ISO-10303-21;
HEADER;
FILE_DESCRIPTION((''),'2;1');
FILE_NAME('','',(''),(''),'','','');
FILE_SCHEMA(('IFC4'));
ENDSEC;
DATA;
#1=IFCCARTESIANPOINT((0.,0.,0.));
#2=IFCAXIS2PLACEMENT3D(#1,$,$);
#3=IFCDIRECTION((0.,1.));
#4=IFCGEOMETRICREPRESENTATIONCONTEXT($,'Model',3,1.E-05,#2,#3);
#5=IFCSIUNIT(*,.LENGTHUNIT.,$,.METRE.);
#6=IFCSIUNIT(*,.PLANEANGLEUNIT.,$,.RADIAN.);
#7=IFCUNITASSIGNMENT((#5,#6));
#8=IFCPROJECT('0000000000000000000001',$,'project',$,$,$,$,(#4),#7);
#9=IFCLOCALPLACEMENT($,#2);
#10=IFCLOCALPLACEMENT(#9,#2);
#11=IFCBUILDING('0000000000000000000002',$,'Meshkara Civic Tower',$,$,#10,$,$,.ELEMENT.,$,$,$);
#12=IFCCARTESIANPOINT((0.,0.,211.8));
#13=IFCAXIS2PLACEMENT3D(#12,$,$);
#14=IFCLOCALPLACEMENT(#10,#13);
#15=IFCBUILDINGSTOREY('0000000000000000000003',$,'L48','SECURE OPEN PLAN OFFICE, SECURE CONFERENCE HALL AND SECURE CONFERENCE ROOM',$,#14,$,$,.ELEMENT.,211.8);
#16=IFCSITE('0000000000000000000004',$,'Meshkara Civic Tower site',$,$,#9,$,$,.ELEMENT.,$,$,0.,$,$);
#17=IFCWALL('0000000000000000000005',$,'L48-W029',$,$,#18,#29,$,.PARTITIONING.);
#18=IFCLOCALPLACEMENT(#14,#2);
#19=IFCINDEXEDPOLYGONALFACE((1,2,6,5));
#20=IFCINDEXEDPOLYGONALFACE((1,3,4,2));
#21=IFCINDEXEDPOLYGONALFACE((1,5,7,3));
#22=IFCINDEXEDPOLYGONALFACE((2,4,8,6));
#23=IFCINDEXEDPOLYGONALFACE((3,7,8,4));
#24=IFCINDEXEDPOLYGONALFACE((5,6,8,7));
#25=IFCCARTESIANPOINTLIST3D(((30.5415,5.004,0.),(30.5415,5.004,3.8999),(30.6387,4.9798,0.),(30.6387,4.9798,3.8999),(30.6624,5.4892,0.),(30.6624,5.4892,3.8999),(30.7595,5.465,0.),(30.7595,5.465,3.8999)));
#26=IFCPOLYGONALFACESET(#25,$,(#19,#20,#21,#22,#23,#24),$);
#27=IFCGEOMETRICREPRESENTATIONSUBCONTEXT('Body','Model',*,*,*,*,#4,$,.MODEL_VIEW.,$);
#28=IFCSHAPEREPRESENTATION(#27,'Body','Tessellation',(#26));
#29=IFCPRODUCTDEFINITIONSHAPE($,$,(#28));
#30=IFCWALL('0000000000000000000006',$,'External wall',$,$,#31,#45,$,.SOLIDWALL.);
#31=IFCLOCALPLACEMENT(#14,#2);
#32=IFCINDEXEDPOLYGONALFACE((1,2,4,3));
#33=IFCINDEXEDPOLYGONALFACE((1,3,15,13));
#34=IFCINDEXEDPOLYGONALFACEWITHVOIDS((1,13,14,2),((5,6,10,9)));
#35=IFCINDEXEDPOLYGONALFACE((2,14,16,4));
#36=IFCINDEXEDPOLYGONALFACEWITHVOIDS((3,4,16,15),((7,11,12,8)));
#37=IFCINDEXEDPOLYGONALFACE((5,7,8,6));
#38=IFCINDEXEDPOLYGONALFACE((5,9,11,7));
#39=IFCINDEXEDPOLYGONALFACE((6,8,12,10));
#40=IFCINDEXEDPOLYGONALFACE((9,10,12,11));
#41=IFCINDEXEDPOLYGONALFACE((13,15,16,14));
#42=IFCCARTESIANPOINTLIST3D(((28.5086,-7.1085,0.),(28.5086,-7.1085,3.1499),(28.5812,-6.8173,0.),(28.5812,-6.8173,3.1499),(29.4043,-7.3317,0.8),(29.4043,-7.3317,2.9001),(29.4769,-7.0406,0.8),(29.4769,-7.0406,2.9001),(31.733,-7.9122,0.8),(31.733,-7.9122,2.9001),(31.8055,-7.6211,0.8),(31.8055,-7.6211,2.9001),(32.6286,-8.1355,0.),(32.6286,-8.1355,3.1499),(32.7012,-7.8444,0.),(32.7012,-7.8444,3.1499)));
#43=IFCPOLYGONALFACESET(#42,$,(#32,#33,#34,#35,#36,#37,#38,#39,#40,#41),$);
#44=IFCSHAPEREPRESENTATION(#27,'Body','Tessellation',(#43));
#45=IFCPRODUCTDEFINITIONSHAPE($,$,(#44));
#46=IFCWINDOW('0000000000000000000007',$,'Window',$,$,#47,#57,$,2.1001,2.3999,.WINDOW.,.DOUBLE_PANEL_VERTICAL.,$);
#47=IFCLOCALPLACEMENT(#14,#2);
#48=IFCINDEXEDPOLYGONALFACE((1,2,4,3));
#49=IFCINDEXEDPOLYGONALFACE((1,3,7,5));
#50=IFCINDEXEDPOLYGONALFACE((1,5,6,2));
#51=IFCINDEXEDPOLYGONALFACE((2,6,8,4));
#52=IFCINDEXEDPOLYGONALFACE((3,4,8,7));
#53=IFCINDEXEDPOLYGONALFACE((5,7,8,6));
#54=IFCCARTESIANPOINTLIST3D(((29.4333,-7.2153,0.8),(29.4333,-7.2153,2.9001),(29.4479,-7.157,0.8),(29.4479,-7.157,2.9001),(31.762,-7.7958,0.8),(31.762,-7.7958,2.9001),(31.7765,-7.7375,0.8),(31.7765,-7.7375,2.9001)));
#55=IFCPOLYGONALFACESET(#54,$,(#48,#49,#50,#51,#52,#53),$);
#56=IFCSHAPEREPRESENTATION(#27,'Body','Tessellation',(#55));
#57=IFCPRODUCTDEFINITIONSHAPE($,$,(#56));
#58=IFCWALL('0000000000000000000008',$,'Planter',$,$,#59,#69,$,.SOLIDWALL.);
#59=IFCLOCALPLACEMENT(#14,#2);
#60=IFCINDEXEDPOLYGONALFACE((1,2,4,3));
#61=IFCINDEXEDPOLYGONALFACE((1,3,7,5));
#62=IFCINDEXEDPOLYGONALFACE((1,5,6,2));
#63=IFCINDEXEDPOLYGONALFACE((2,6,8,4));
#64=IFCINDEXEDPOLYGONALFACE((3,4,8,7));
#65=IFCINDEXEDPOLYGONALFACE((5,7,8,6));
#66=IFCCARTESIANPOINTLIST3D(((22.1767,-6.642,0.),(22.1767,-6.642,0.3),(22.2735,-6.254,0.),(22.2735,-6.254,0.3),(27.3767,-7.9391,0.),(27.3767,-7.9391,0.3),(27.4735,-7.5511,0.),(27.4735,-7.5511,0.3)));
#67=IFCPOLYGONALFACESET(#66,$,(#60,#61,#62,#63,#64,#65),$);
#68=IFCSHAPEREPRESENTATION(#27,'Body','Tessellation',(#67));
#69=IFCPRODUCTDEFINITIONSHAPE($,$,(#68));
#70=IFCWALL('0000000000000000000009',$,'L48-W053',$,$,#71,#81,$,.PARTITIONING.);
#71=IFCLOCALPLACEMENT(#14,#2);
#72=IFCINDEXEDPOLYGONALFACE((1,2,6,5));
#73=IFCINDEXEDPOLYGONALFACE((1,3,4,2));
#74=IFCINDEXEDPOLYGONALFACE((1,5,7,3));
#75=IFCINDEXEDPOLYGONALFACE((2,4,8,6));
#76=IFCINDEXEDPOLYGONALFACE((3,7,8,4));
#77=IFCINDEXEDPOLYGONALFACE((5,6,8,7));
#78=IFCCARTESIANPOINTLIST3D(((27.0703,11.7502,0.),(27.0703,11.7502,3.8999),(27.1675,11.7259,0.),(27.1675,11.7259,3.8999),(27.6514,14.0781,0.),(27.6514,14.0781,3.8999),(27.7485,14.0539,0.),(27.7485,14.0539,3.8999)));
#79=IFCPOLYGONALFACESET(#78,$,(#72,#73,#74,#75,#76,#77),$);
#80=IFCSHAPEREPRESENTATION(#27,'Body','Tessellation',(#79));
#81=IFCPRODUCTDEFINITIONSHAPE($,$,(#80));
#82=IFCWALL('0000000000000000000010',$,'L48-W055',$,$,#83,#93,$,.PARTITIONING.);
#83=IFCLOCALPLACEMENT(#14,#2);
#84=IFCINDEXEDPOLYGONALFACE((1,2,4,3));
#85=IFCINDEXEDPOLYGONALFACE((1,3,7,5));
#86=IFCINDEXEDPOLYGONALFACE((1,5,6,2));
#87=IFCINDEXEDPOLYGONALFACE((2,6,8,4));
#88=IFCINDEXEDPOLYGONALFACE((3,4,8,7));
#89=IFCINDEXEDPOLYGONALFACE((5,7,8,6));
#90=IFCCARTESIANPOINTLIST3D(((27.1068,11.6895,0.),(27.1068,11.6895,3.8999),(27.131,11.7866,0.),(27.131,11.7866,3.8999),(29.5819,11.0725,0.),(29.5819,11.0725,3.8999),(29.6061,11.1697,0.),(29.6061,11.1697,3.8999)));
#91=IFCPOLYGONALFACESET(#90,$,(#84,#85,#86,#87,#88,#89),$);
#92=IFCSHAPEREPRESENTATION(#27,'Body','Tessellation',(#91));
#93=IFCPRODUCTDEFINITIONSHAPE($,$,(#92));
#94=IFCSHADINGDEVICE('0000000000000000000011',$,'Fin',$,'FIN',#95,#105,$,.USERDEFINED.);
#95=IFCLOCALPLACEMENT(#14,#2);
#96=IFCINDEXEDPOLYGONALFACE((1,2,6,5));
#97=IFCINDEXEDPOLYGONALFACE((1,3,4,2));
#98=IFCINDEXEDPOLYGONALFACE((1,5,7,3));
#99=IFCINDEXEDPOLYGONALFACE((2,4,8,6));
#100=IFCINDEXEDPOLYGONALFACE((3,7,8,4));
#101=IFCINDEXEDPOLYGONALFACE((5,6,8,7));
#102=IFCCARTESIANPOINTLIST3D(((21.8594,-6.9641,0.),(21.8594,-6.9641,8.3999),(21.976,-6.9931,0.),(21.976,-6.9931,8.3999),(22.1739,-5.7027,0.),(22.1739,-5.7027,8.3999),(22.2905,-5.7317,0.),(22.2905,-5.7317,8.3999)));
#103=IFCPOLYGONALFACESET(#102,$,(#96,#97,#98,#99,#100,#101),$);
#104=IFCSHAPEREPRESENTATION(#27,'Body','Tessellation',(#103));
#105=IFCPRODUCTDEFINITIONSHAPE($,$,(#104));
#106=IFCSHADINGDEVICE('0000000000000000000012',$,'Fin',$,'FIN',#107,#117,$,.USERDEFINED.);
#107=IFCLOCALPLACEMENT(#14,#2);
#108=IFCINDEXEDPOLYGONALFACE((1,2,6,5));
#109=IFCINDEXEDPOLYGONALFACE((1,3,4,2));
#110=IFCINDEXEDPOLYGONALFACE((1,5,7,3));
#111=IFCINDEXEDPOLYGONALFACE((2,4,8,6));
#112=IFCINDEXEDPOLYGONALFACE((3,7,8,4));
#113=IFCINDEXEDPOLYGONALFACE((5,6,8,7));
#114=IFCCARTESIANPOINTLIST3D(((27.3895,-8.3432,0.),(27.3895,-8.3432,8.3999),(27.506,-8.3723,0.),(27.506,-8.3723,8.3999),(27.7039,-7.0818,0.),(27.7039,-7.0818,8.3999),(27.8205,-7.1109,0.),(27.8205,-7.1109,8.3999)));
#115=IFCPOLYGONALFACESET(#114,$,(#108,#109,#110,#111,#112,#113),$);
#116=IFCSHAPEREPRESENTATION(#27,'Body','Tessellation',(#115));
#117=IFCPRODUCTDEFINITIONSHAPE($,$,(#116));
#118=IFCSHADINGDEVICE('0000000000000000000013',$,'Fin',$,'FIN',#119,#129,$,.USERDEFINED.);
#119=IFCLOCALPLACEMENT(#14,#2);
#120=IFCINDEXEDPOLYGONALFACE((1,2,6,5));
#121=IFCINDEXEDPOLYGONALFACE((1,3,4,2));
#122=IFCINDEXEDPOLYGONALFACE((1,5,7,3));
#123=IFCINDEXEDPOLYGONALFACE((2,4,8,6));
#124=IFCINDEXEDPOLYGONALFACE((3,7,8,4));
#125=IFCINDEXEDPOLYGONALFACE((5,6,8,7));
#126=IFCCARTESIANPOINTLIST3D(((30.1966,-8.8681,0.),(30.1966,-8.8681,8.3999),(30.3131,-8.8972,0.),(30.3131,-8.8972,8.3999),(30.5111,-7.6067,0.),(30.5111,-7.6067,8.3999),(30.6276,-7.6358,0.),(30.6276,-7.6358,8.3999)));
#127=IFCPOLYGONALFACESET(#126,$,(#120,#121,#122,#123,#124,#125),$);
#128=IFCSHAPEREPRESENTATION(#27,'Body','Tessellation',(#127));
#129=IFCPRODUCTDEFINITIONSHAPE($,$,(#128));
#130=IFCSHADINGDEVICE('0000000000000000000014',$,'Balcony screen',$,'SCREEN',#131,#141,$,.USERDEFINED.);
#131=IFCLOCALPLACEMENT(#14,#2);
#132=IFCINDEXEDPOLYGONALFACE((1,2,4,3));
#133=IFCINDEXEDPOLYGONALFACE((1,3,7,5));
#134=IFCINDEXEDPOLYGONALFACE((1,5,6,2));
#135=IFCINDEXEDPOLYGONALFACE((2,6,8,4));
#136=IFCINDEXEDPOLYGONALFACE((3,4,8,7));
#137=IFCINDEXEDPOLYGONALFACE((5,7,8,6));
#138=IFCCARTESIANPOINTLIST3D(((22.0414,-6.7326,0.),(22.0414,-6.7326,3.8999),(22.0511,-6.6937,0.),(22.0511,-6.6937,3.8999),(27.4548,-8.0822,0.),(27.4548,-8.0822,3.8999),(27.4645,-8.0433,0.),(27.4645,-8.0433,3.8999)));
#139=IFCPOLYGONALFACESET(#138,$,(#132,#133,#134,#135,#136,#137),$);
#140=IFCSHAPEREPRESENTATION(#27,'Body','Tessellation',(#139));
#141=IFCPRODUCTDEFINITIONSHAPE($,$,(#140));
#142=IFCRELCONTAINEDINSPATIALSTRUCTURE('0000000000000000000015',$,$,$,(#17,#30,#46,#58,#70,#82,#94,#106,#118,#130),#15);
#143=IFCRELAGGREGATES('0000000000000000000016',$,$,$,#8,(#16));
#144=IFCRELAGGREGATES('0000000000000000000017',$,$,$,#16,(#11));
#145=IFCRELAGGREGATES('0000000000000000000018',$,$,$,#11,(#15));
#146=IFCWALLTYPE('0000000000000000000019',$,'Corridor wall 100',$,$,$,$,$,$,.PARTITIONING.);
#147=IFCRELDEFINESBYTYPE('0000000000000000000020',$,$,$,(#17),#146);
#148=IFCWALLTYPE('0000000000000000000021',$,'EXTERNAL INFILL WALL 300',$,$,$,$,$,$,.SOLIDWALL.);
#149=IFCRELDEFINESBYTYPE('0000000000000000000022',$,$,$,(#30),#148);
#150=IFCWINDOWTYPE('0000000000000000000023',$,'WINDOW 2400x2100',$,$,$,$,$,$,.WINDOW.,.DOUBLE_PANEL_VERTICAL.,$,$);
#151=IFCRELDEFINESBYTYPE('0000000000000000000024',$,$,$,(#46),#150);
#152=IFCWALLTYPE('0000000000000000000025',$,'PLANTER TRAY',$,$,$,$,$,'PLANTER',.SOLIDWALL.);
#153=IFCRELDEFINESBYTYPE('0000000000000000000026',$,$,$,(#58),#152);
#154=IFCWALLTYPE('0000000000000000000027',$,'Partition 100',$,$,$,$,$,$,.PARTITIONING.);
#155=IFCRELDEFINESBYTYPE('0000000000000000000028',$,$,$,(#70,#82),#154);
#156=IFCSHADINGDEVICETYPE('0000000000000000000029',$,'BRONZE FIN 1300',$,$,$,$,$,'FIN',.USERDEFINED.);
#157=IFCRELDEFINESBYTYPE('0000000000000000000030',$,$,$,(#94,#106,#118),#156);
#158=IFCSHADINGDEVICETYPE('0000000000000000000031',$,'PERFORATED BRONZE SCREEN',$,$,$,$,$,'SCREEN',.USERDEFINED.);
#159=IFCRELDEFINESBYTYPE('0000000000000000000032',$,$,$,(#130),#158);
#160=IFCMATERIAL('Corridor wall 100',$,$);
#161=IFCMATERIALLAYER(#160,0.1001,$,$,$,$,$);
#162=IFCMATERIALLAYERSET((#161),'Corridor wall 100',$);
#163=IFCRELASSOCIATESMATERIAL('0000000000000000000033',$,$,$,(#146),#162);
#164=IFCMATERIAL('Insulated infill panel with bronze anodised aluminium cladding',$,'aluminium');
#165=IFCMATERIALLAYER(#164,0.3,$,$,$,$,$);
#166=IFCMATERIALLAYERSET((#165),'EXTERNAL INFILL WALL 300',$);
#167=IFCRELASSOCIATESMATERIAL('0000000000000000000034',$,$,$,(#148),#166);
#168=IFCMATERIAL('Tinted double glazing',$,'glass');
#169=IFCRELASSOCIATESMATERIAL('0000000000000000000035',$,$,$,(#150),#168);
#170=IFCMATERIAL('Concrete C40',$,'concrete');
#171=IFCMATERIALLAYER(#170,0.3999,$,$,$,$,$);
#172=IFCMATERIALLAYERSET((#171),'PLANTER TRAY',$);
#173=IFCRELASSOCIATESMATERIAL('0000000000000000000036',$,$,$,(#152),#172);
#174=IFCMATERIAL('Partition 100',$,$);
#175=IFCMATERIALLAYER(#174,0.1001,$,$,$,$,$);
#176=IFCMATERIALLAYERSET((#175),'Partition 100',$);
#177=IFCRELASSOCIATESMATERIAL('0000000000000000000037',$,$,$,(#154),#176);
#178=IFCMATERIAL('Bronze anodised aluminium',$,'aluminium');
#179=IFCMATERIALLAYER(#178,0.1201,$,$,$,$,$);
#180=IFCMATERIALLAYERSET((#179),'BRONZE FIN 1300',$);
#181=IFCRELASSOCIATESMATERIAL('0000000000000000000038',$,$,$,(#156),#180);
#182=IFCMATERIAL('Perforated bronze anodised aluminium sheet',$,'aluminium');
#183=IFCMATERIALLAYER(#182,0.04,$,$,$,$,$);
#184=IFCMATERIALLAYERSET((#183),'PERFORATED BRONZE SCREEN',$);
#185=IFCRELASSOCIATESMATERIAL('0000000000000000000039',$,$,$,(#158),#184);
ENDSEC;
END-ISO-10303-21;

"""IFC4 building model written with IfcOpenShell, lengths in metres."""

from ifc_helpers import new_model, si_unit, direction, frame, frame_2d, origin, origin_2d, place, context, subcontext, project, spatial, rectangle, extrude, material, layer, layer_set, type_object, element, fill, save


model = new_model("IFC4")

# Units and contexts
model_context = context("Model", 3, precision=1e-05, world=origin(), true_north=direction((0.0, 1.0)))
body_context = subcontext(model_context, "Body", "Model", "MODEL_VIEW")
ifc_project = project(units=[si_unit("LENGTHUNIT", "METRE"), si_unit("PLANEANGLEUNIT", "RADIAN")], contexts=[model_context])

# Site, building, storey
site_placement = place(None, origin())
site = spatial("IfcSite", under=ifc_project, at=site_placement, Name="Meshkara Civic Tower site", CompositionType="ELEMENT", RefElevation=0.0)
building_placement = place(site_placement, origin())
building = spatial("IfcBuilding", under=site, at=building_placement, Name="Meshkara Civic Tower", CompositionType="ELEMENT")
storey_placement = place(building_placement, frame((0.0, 0.0, 211.8)))
storey = spatial("IfcBuildingStorey", under=building, at=storey_placement, Name="L48", Description="SECURE OPEN PLAN OFFICE, SECURE CONFERENCE HALL AND SECURE CONFERENCE ROOM", CompositionType="ELEMENT", Elevation=211.8)

# Shared definitions
ifc_material_1 = material(Name="Corridor wall 100")
ifc_layer_1 = layer(ifc_material_1, 0.1001)
ifc_layer_set_1 = layer_set([ifc_layer_1], Name="Corridor wall 100")
wall_type_1 = type_object("IfcWallType", Name="Corridor wall 100", PredefinedType="PARTITIONING", material=ifc_layer_set_1)

# Wall
wall_1_placement = place(storey_placement, frame((30.5901, 4.9919, 0.0), z_axis=(0.0, 0.0, 1.0), x_axis=(0.241731, 0.970343, 0.0)))
element("IfcWall", 1, at=wall_1_placement, inside=storey, type_object=wall_type_1, Name="L48-W029", PredefinedType="PARTITIONING", context=body_context, shape_type="SweptSolid", body=[
    extrude(rectangle(XDim=0.5, YDim=0.1001, at=frame_2d((0.25, 0.0))), origin(), (0.0, 0.0, 1.0), 3.8999),
])

# Wall, opening, window
ifc_material_2 = material(Name="Insulated infill panel with bronze anodised aluminium cladding", Category="aluminium")
ifc_layer_2 = layer(ifc_material_2, 0.3)
ifc_layer_set_2 = layer_set([ifc_layer_2], Name="EXTERNAL INFILL WALL 300")
wall_type_2 = type_object("IfcWallType", Name="EXTERNAL INFILL WALL 300", PredefinedType="SOLIDWALL", material=ifc_layer_set_2)
wall_2_placement = place(storey_placement, frame((28.5449, -6.9629, 0.0), z_axis=(0.0, 0.0, 1.0), x_axis=(0.970305, -0.241886, 0.0)))
wall_2 = element("IfcWall", 2, at=wall_2_placement, inside=storey, type_object=wall_type_2, Name="External wall", PredefinedType="SOLIDWALL", context=body_context, shape_type="SweptSolid", body=[
    extrude(rectangle(XDim=4.2461, YDim=0.3, at=frame_2d((2.123, 0.0))), origin(), (0.0, 0.0, 1.0), 3.1499),
])
opening_1_placement = place(wall_2_placement, frame((0.9231, 0.0, 0.8)))
opening_1 = element("IfcOpeningElement", 3, at=opening_1_placement, cuts=wall_2, PredefinedType="OPENING", context=body_context, shape_type="SweptSolid", body=[
    extrude(rectangle(XDim=2.3999, YDim=2.1001, at=frame_2d((1.2, 1.05))), frame((0.0, 0.1599, 0.0), z_axis=(0.0, -1.0, 0.0), x_axis=(1.0, 0.0, 0.0)), (0.0, 0.0, 1.0), 0.3201),
])
ifc_material_3 = material(Name="Tinted double glazing", Category="glass")
window_type = type_object("IfcWindowType", Name="WINDOW 2400x2100", PartitioningType="DOUBLE_PANEL_VERTICAL", PredefinedType="WINDOW", material=ifc_material_3)
window_placement = place(opening_1_placement, origin())
window = element("IfcWindow", 4, at=window_placement, inside=storey, type_object=window_type, Name="Window", OverallHeight=2.1001, OverallWidth=2.3999, PartitioningType="DOUBLE_PANEL_VERTICAL", PredefinedType="WINDOW", context=body_context, shape_type="SweptSolid", body=[
    extrude(rectangle(XDim=2.3999, YDim=2.1001, at=frame_2d((1.2, 1.05))), frame((0.0, 0.03, 0.0), z_axis=(0.0, -1.0, 0.0), x_axis=(1.0, 0.0, 0.0)), (0.0, 0.0, 1.0), 0.0601),
])
fill(opening_1, window)

# Walls
ifc_material_4 = material(Name="Concrete C40", Category="concrete")
ifc_layer_3 = layer(ifc_material_4, 0.3999)
ifc_layer_set_3 = layer_set([ifc_layer_3], Name="PLANTER TRAY")
wall_type_3 = type_object("IfcWallType", Name="PLANTER TRAY", ElementType="PLANTER", PredefinedType="SOLIDWALL", material=ifc_layer_set_3)
wall_3_placement = place(storey_placement, frame((22.2251, -6.448, 0.0), z_axis=(0.0, 0.0, 1.0), x_axis=(0.970268, -0.242032, 0.0)))
element("IfcWall", 5, at=wall_3_placement, inside=storey, type_object=wall_type_3, Name="Planter", PredefinedType="SOLIDWALL", context=body_context, shape_type="SweptSolid", body=[
    extrude(rectangle(XDim=5.3594, YDim=0.3999, at=frame_2d((2.6797, 0.0))), origin(), (0.0, 0.0, 1.0), 0.3),
])
ifc_material_5 = material(Name="Partition 100")
ifc_layer_4 = layer(ifc_material_5, 0.1001)
ifc_layer_set_4 = layer_set([ifc_layer_4], Name="Partition 100")
wall_type_4 = type_object("IfcWallType", Name="Partition 100", PredefinedType="PARTITIONING", material=ifc_layer_set_4)
wall_4_placement = place(storey_placement, frame((27.1189, 11.738, 0.0), z_axis=(0.0, 0.0, 1.0), x_axis=(0.242176, 0.970232, 0.0)))
element("IfcWall", 6, at=wall_4_placement, inside=storey, type_object=wall_type_4, Name="L48-W053", PredefinedType="PARTITIONING", context=body_context, shape_type="SweptSolid", body=[
    extrude(rectangle(XDim=2.3994, YDim=0.1001, at=frame_2d((1.1997, 0.0))), origin(), (0.0, 0.0, 1.0), 3.8999),
])
wall_5_placement = place(storey_placement, frame((29.594, 11.1211, 0.0), z_axis=(0.0, 0.0, 1.0), x_axis=(-0.970311, 0.24186, 0.0)))
element("IfcWall", 7, at=wall_5_placement, inside=storey, type_object=wall_type_4, Name="L48-W055", PredefinedType="PARTITIONING", context=body_context, shape_type="SweptSolid", body=[
    extrude(rectangle(XDim=2.5508, YDim=0.1001, at=frame_2d((1.2754, 0.0))), origin(), (0.0, 0.0, 1.0), 3.8999),
])

# Shading devices
ifc_material_6 = material(Name="Bronze anodised aluminium", Category="aluminium")
ifc_layer_5 = layer(ifc_material_6, 0.1201)
ifc_layer_set_5 = layer_set([ifc_layer_5], Name="BRONZE FIN 1300")
shading_device_type_1 = type_object("IfcShadingDeviceType", Name="BRONZE FIN 1300", ElementType="FIN", PredefinedType="USERDEFINED", material=ifc_layer_set_5)
for number, where, z_axis, x_axis, name in (
    (8, (22.075, -6.3479, 0.0), (0.0, 0.0, 1.0), (0.9703, -0.241905, 0.0), "Fin"),
    (9, (27.605, -7.7271, 0.0), (0.0, 0.0, 1.0), (0.9703, -0.241905, 0.0), "Fin"),
    (10, (30.4121, -8.252, 0.0), (0.0, 0.0, 1.0), (0.9703, -0.241905, 0.0), "Fin"),
):
    element("IfcShadingDevice", number, at=place(storey_placement, frame(where, z_axis=z_axis, x_axis=x_axis)), inside=storey, type_object=shading_device_type_1, Name=name, ObjectType="FIN", PredefinedType="USERDEFINED", context=body_context, shape_type="SweptSolid", body=[
        extrude(rectangle(XDim=0.1201, YDim=1.3, at=origin_2d()), origin(), (0.0, 0.0, 1.0), 8.3999),
    ])
ifc_material_7 = material(Name="Perforated bronze anodised aluminium sheet", Category="aluminium")
ifc_layer_6 = layer(ifc_material_7, 0.04)
ifc_layer_set_6 = layer_set([ifc_layer_6], Name="PERFORATED BRONZE SCREEN")
shading_device_type_2 = type_object("IfcShadingDeviceType", Name="PERFORATED BRONZE SCREEN", ElementType="SCREEN", PredefinedType="USERDEFINED", material=ifc_layer_set_6)
shading_device_placement = place(storey_placement, frame((24.7529, -7.3879, 0.0), z_axis=(0.0, 0.0, 1.0), x_axis=(0.9703, -0.241905, 0.0)))
element("IfcShadingDevice", 11, at=shading_device_placement, inside=storey, type_object=shading_device_type_2, Name="Balcony screen", ObjectType="SCREEN", PredefinedType="USERDEFINED", context=body_context, shape_type="SweptSolid", body=[
    extrude(rectangle(XDim=5.5791, YDim=0.04, at=origin_2d()), origin(), (0.0, 0.0, 1.0), 3.8999),
])

save(model, "model.ifc")
